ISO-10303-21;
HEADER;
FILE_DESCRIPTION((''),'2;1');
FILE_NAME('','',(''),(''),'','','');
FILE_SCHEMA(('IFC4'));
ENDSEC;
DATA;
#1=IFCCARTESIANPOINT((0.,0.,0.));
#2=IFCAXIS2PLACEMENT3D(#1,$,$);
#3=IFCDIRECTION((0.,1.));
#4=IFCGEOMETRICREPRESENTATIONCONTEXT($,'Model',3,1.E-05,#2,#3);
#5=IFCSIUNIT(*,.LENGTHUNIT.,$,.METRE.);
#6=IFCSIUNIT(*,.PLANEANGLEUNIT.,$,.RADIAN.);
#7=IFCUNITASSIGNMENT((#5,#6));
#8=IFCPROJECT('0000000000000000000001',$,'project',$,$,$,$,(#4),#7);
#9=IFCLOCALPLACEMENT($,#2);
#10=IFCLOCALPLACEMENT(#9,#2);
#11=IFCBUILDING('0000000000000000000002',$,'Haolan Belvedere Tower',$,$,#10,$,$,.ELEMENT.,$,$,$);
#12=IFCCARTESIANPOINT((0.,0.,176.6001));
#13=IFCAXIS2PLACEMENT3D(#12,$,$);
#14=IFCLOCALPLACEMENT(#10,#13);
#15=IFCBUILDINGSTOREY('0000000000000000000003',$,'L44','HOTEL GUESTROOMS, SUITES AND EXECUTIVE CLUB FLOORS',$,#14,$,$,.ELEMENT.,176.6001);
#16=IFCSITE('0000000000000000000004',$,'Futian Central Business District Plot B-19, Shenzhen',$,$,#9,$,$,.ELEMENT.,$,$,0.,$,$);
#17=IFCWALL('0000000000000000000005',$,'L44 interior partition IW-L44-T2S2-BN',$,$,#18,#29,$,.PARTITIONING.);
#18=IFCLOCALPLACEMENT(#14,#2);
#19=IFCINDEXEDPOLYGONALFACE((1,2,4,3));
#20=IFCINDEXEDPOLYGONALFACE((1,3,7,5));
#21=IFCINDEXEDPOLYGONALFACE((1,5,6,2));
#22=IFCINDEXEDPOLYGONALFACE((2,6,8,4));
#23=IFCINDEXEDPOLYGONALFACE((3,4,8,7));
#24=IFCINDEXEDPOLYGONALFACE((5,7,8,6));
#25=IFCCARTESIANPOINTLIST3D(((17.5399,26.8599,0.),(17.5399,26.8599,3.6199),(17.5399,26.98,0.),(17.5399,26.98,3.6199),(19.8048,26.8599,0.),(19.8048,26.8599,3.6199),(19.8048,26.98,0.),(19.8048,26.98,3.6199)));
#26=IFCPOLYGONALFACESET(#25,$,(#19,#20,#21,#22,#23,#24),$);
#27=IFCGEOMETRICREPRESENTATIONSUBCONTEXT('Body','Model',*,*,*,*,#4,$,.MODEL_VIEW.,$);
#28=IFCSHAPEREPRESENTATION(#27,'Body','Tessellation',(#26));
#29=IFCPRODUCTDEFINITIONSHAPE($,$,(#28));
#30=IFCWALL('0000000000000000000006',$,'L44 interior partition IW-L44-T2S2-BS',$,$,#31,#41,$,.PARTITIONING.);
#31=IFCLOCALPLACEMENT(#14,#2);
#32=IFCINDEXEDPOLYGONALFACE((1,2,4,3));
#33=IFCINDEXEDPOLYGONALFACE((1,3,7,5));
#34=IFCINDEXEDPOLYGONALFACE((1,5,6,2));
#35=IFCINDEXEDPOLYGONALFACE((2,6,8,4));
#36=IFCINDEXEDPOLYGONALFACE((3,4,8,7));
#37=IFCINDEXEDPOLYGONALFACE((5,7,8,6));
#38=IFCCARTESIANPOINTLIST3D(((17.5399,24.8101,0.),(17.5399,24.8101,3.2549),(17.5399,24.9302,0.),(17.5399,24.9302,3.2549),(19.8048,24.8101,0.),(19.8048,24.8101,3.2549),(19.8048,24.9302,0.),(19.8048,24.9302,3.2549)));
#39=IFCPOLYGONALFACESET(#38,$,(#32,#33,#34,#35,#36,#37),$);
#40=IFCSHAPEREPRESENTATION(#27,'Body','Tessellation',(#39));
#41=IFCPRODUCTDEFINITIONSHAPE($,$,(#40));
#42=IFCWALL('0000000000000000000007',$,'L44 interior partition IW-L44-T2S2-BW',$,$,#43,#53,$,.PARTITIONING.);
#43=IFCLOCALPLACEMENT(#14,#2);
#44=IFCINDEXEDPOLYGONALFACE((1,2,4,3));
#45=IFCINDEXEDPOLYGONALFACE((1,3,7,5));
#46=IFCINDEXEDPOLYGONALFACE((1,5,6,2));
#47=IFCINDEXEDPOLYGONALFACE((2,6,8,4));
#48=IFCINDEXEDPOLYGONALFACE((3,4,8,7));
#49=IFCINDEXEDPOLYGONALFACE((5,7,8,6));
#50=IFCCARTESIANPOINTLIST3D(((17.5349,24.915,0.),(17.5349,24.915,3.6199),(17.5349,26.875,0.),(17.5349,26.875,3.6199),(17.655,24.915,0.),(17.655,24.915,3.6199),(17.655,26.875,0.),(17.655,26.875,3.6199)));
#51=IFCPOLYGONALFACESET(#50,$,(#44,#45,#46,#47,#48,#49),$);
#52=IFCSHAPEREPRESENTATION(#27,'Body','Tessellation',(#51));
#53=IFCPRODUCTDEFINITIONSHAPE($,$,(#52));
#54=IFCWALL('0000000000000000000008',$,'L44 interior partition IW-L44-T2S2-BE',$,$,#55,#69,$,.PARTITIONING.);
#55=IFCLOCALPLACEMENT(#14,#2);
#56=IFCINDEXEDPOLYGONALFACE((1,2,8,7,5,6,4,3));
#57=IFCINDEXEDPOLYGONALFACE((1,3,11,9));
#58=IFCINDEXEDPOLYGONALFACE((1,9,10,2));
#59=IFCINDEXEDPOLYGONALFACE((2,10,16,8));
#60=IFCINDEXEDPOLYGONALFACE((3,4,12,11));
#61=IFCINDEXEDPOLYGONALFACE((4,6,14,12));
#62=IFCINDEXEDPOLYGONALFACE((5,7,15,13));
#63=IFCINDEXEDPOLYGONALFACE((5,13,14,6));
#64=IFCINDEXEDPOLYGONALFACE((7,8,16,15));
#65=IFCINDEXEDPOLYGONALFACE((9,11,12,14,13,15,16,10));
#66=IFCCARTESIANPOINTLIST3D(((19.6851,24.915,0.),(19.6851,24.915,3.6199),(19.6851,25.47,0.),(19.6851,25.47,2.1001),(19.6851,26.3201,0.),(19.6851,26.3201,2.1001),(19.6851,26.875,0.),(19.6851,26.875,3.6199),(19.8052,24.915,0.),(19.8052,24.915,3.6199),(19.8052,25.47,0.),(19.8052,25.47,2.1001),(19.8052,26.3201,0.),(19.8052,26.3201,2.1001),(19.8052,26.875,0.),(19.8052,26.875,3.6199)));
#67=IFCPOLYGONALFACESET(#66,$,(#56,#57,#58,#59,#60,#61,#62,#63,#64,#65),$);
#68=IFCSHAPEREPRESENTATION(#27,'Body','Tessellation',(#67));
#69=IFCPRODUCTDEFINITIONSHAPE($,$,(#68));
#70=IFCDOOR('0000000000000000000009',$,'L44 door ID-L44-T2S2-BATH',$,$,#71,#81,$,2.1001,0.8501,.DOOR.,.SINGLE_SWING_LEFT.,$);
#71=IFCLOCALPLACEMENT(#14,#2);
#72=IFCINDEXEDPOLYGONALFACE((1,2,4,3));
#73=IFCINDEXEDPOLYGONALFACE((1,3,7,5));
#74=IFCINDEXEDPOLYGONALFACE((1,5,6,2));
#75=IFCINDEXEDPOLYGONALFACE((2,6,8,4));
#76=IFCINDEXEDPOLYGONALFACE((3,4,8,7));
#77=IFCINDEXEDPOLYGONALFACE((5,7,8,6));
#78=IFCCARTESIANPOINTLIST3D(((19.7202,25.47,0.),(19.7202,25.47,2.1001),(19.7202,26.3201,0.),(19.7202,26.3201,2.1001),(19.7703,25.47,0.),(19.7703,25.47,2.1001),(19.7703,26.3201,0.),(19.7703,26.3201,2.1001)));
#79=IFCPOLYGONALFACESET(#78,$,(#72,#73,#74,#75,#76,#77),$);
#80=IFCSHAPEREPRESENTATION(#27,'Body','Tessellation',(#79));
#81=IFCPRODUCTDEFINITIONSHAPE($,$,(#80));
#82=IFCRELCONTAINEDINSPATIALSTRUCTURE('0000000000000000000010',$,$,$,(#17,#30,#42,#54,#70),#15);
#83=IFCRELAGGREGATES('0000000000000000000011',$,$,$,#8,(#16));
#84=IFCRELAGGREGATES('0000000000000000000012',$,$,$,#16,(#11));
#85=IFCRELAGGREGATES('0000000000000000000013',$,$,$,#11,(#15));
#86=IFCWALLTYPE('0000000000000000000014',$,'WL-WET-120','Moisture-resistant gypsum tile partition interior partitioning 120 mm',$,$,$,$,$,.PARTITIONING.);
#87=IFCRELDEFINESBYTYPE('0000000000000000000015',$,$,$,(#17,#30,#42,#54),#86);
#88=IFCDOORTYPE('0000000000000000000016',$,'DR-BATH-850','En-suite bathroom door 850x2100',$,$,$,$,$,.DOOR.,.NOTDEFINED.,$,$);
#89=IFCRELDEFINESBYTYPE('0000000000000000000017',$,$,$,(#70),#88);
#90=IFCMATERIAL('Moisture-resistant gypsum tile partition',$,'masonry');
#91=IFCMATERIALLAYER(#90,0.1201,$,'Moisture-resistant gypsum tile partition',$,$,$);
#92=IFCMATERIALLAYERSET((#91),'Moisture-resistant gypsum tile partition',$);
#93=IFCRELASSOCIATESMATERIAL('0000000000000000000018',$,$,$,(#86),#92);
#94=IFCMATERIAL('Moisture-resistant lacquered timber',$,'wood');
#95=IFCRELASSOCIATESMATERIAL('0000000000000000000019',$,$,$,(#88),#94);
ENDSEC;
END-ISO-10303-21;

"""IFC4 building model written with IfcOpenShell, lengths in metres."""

from ifc_helpers import new_model, si_unit, direction, frame, frame_2d, origin, place, context, subcontext, project, spatial, rectangle, extrude, material, layer, layer_set, type_object, element, fill, save


model = new_model("IFC4")

# Units and contexts
model_context = context("Model", 3, precision=1e-05, world=origin(), true_north=direction((0.0, 1.0)))
body_context = subcontext(model_context, "Body", "Model", "MODEL_VIEW")
ifc_project = project(units=[si_unit("LENGTHUNIT", "METRE"), si_unit("PLANEANGLEUNIT", "RADIAN")], contexts=[model_context])

# Site, building, storey
site_placement = place(None, origin())
site = spatial("IfcSite", under=ifc_project, at=site_placement, Name="Futian Central Business District Plot B-19, Shenzhen", CompositionType="ELEMENT", RefElevation=0.0)
building_placement = place(site_placement, origin())
building = spatial("IfcBuilding", under=site, at=building_placement, Name="Haolan Belvedere Tower", CompositionType="ELEMENT")
storey_placement = place(building_placement, frame((0.0, 0.0, 176.6001)))
storey = spatial("IfcBuildingStorey", under=building, at=storey_placement, Name="L44", Description="HOTEL GUESTROOMS, SUITES AND EXECUTIVE CLUB FLOORS", CompositionType="ELEMENT", Elevation=176.6001)

# Shared definitions
ifc_material_1 = material(Name="Moisture-resistant gypsum tile partition", Category="masonry")
ifc_layer_1 = layer(ifc_material_1, 0.1201, Name="Moisture-resistant gypsum tile partition")
ifc_layer_set_1 = layer_set([ifc_layer_1], Name="Moisture-resistant gypsum tile partition")
wall_type_1 = type_object("IfcWallType", Name="WL-WET-120", Description="Moisture-resistant gypsum tile partition interior partitioning 120 mm", PredefinedType="PARTITIONING", material=ifc_layer_set_1)

# Shared definitions
ifc_material_2 = material(Name="Moisture-resistant lacquered timber", Category="wood")
door_type_1 = type_object("IfcDoorType", Name="DR-BATH-850", Description="En-suite bathroom door 850x2100", OperationType="NOTDEFINED", PredefinedType="DOOR", material=ifc_material_2)

# Walls
wall_1_placement = place(storey_placement, frame((17.54, 26.9199, 0.0), z_axis=(0.0, 0.0, 1.0), x_axis=(1.0, 0.0, 0.0)))
element("IfcWall", 1, at=wall_1_placement, inside=storey, type_object=wall_type_1, Name="L44 interior partition IW-L44-T2S2-BN", PredefinedType="PARTITIONING", context=body_context, shape_type="SweptSolid", body=[
    extrude(rectangle(XDim=2.2649, YDim=0.1201, at=frame_2d((1.1323, 0.0))), origin(), (0.0, 0.0, 1.0), 3.6199),
])
wall_2_placement = place(storey_placement, frame((17.54, 24.8701, 0.0), z_axis=(0.0, 0.0, 1.0), x_axis=(1.0, 0.0, 0.0)))
element("IfcWall", 2, at=wall_2_placement, inside=storey, type_object=wall_type_1, Name="L44 interior partition IW-L44-T2S2-BS", PredefinedType="PARTITIONING", context=body_context, shape_type="SweptSolid", body=[
    extrude(rectangle(XDim=2.2649, YDim=0.1201, at=frame_2d((1.1323, 0.0))), origin(), (0.0, 0.0, 1.0), 3.2549),
])
wall_3_placement = place(storey_placement, frame((17.595, 24.915, 0.0), z_axis=(0.0, 0.0, 1.0), x_axis=(0.0, 1.0, 0.0)))
element("IfcWall", 3, at=wall_3_placement, inside=storey, type_object=wall_type_1, Name="L44 interior partition IW-L44-T2S2-BW", PredefinedType="PARTITIONING", context=body_context, shape_type="SweptSolid", body=[
    extrude(rectangle(XDim=1.96, YDim=0.1201, at=frame_2d((0.98, 0.0))), origin(), (0.0, 0.0, 1.0), 3.6199),
])

# Wall, opening, door
wall_4_placement = place(storey_placement, frame((19.7451, 24.915, 0.0), z_axis=(0.0, 0.0, 1.0), x_axis=(0.0, 1.0, 0.0)))
wall_4 = element("IfcWall", 4, at=wall_4_placement, inside=storey, type_object=wall_type_1, Name="L44 interior partition IW-L44-T2S2-BE", PredefinedType="PARTITIONING", context=body_context, shape_type="SweptSolid", body=[
    extrude(rectangle(XDim=1.96, YDim=0.1201, at=frame_2d((0.98, 0.0))), origin(), (0.0, 0.0, 1.0), 3.6199),
])
opening_1_placement = place(wall_4_placement, frame((0.5549, 0.0, 0.0)))
opening_1 = element("IfcOpeningElement", 5, at=opening_1_placement, cuts=wall_4, PredefinedType="OPENING", context=body_context, shape_type="SweptSolid", body=[
    extrude(rectangle(XDim=0.8501, YDim=2.1001, at=frame_2d((0.425, 1.05))), frame((0.0, 0.0701, 0.0), z_axis=(0.0, -1.0, 0.0), x_axis=(1.0, 0.0, 0.0)), (0.0, 0.0, 1.0), 0.1401),
])
door_1_placement = place(opening_1_placement, origin())
door_1 = element("IfcDoor", 6, at=door_1_placement, inside=storey, type_object=door_type_1, Name="L44 door ID-L44-T2S2-BATH", OperationType="SINGLE_SWING_LEFT", OverallHeight=2.1001, OverallWidth=0.8501, PredefinedType="DOOR", context=body_context, shape_type="SweptSolid", body=[
    extrude(rectangle(XDim=0.8501, YDim=2.1001, at=frame_2d((0.425, 1.05))), frame((0.0, 0.0249, 0.0), z_axis=(0.0, -1.0, 0.0), x_axis=(1.0, 0.0, 0.0)), (0.0, 0.0, 1.0), 0.05),
])
fill(opening_1, door_1)

save(model, "model.ifc")
